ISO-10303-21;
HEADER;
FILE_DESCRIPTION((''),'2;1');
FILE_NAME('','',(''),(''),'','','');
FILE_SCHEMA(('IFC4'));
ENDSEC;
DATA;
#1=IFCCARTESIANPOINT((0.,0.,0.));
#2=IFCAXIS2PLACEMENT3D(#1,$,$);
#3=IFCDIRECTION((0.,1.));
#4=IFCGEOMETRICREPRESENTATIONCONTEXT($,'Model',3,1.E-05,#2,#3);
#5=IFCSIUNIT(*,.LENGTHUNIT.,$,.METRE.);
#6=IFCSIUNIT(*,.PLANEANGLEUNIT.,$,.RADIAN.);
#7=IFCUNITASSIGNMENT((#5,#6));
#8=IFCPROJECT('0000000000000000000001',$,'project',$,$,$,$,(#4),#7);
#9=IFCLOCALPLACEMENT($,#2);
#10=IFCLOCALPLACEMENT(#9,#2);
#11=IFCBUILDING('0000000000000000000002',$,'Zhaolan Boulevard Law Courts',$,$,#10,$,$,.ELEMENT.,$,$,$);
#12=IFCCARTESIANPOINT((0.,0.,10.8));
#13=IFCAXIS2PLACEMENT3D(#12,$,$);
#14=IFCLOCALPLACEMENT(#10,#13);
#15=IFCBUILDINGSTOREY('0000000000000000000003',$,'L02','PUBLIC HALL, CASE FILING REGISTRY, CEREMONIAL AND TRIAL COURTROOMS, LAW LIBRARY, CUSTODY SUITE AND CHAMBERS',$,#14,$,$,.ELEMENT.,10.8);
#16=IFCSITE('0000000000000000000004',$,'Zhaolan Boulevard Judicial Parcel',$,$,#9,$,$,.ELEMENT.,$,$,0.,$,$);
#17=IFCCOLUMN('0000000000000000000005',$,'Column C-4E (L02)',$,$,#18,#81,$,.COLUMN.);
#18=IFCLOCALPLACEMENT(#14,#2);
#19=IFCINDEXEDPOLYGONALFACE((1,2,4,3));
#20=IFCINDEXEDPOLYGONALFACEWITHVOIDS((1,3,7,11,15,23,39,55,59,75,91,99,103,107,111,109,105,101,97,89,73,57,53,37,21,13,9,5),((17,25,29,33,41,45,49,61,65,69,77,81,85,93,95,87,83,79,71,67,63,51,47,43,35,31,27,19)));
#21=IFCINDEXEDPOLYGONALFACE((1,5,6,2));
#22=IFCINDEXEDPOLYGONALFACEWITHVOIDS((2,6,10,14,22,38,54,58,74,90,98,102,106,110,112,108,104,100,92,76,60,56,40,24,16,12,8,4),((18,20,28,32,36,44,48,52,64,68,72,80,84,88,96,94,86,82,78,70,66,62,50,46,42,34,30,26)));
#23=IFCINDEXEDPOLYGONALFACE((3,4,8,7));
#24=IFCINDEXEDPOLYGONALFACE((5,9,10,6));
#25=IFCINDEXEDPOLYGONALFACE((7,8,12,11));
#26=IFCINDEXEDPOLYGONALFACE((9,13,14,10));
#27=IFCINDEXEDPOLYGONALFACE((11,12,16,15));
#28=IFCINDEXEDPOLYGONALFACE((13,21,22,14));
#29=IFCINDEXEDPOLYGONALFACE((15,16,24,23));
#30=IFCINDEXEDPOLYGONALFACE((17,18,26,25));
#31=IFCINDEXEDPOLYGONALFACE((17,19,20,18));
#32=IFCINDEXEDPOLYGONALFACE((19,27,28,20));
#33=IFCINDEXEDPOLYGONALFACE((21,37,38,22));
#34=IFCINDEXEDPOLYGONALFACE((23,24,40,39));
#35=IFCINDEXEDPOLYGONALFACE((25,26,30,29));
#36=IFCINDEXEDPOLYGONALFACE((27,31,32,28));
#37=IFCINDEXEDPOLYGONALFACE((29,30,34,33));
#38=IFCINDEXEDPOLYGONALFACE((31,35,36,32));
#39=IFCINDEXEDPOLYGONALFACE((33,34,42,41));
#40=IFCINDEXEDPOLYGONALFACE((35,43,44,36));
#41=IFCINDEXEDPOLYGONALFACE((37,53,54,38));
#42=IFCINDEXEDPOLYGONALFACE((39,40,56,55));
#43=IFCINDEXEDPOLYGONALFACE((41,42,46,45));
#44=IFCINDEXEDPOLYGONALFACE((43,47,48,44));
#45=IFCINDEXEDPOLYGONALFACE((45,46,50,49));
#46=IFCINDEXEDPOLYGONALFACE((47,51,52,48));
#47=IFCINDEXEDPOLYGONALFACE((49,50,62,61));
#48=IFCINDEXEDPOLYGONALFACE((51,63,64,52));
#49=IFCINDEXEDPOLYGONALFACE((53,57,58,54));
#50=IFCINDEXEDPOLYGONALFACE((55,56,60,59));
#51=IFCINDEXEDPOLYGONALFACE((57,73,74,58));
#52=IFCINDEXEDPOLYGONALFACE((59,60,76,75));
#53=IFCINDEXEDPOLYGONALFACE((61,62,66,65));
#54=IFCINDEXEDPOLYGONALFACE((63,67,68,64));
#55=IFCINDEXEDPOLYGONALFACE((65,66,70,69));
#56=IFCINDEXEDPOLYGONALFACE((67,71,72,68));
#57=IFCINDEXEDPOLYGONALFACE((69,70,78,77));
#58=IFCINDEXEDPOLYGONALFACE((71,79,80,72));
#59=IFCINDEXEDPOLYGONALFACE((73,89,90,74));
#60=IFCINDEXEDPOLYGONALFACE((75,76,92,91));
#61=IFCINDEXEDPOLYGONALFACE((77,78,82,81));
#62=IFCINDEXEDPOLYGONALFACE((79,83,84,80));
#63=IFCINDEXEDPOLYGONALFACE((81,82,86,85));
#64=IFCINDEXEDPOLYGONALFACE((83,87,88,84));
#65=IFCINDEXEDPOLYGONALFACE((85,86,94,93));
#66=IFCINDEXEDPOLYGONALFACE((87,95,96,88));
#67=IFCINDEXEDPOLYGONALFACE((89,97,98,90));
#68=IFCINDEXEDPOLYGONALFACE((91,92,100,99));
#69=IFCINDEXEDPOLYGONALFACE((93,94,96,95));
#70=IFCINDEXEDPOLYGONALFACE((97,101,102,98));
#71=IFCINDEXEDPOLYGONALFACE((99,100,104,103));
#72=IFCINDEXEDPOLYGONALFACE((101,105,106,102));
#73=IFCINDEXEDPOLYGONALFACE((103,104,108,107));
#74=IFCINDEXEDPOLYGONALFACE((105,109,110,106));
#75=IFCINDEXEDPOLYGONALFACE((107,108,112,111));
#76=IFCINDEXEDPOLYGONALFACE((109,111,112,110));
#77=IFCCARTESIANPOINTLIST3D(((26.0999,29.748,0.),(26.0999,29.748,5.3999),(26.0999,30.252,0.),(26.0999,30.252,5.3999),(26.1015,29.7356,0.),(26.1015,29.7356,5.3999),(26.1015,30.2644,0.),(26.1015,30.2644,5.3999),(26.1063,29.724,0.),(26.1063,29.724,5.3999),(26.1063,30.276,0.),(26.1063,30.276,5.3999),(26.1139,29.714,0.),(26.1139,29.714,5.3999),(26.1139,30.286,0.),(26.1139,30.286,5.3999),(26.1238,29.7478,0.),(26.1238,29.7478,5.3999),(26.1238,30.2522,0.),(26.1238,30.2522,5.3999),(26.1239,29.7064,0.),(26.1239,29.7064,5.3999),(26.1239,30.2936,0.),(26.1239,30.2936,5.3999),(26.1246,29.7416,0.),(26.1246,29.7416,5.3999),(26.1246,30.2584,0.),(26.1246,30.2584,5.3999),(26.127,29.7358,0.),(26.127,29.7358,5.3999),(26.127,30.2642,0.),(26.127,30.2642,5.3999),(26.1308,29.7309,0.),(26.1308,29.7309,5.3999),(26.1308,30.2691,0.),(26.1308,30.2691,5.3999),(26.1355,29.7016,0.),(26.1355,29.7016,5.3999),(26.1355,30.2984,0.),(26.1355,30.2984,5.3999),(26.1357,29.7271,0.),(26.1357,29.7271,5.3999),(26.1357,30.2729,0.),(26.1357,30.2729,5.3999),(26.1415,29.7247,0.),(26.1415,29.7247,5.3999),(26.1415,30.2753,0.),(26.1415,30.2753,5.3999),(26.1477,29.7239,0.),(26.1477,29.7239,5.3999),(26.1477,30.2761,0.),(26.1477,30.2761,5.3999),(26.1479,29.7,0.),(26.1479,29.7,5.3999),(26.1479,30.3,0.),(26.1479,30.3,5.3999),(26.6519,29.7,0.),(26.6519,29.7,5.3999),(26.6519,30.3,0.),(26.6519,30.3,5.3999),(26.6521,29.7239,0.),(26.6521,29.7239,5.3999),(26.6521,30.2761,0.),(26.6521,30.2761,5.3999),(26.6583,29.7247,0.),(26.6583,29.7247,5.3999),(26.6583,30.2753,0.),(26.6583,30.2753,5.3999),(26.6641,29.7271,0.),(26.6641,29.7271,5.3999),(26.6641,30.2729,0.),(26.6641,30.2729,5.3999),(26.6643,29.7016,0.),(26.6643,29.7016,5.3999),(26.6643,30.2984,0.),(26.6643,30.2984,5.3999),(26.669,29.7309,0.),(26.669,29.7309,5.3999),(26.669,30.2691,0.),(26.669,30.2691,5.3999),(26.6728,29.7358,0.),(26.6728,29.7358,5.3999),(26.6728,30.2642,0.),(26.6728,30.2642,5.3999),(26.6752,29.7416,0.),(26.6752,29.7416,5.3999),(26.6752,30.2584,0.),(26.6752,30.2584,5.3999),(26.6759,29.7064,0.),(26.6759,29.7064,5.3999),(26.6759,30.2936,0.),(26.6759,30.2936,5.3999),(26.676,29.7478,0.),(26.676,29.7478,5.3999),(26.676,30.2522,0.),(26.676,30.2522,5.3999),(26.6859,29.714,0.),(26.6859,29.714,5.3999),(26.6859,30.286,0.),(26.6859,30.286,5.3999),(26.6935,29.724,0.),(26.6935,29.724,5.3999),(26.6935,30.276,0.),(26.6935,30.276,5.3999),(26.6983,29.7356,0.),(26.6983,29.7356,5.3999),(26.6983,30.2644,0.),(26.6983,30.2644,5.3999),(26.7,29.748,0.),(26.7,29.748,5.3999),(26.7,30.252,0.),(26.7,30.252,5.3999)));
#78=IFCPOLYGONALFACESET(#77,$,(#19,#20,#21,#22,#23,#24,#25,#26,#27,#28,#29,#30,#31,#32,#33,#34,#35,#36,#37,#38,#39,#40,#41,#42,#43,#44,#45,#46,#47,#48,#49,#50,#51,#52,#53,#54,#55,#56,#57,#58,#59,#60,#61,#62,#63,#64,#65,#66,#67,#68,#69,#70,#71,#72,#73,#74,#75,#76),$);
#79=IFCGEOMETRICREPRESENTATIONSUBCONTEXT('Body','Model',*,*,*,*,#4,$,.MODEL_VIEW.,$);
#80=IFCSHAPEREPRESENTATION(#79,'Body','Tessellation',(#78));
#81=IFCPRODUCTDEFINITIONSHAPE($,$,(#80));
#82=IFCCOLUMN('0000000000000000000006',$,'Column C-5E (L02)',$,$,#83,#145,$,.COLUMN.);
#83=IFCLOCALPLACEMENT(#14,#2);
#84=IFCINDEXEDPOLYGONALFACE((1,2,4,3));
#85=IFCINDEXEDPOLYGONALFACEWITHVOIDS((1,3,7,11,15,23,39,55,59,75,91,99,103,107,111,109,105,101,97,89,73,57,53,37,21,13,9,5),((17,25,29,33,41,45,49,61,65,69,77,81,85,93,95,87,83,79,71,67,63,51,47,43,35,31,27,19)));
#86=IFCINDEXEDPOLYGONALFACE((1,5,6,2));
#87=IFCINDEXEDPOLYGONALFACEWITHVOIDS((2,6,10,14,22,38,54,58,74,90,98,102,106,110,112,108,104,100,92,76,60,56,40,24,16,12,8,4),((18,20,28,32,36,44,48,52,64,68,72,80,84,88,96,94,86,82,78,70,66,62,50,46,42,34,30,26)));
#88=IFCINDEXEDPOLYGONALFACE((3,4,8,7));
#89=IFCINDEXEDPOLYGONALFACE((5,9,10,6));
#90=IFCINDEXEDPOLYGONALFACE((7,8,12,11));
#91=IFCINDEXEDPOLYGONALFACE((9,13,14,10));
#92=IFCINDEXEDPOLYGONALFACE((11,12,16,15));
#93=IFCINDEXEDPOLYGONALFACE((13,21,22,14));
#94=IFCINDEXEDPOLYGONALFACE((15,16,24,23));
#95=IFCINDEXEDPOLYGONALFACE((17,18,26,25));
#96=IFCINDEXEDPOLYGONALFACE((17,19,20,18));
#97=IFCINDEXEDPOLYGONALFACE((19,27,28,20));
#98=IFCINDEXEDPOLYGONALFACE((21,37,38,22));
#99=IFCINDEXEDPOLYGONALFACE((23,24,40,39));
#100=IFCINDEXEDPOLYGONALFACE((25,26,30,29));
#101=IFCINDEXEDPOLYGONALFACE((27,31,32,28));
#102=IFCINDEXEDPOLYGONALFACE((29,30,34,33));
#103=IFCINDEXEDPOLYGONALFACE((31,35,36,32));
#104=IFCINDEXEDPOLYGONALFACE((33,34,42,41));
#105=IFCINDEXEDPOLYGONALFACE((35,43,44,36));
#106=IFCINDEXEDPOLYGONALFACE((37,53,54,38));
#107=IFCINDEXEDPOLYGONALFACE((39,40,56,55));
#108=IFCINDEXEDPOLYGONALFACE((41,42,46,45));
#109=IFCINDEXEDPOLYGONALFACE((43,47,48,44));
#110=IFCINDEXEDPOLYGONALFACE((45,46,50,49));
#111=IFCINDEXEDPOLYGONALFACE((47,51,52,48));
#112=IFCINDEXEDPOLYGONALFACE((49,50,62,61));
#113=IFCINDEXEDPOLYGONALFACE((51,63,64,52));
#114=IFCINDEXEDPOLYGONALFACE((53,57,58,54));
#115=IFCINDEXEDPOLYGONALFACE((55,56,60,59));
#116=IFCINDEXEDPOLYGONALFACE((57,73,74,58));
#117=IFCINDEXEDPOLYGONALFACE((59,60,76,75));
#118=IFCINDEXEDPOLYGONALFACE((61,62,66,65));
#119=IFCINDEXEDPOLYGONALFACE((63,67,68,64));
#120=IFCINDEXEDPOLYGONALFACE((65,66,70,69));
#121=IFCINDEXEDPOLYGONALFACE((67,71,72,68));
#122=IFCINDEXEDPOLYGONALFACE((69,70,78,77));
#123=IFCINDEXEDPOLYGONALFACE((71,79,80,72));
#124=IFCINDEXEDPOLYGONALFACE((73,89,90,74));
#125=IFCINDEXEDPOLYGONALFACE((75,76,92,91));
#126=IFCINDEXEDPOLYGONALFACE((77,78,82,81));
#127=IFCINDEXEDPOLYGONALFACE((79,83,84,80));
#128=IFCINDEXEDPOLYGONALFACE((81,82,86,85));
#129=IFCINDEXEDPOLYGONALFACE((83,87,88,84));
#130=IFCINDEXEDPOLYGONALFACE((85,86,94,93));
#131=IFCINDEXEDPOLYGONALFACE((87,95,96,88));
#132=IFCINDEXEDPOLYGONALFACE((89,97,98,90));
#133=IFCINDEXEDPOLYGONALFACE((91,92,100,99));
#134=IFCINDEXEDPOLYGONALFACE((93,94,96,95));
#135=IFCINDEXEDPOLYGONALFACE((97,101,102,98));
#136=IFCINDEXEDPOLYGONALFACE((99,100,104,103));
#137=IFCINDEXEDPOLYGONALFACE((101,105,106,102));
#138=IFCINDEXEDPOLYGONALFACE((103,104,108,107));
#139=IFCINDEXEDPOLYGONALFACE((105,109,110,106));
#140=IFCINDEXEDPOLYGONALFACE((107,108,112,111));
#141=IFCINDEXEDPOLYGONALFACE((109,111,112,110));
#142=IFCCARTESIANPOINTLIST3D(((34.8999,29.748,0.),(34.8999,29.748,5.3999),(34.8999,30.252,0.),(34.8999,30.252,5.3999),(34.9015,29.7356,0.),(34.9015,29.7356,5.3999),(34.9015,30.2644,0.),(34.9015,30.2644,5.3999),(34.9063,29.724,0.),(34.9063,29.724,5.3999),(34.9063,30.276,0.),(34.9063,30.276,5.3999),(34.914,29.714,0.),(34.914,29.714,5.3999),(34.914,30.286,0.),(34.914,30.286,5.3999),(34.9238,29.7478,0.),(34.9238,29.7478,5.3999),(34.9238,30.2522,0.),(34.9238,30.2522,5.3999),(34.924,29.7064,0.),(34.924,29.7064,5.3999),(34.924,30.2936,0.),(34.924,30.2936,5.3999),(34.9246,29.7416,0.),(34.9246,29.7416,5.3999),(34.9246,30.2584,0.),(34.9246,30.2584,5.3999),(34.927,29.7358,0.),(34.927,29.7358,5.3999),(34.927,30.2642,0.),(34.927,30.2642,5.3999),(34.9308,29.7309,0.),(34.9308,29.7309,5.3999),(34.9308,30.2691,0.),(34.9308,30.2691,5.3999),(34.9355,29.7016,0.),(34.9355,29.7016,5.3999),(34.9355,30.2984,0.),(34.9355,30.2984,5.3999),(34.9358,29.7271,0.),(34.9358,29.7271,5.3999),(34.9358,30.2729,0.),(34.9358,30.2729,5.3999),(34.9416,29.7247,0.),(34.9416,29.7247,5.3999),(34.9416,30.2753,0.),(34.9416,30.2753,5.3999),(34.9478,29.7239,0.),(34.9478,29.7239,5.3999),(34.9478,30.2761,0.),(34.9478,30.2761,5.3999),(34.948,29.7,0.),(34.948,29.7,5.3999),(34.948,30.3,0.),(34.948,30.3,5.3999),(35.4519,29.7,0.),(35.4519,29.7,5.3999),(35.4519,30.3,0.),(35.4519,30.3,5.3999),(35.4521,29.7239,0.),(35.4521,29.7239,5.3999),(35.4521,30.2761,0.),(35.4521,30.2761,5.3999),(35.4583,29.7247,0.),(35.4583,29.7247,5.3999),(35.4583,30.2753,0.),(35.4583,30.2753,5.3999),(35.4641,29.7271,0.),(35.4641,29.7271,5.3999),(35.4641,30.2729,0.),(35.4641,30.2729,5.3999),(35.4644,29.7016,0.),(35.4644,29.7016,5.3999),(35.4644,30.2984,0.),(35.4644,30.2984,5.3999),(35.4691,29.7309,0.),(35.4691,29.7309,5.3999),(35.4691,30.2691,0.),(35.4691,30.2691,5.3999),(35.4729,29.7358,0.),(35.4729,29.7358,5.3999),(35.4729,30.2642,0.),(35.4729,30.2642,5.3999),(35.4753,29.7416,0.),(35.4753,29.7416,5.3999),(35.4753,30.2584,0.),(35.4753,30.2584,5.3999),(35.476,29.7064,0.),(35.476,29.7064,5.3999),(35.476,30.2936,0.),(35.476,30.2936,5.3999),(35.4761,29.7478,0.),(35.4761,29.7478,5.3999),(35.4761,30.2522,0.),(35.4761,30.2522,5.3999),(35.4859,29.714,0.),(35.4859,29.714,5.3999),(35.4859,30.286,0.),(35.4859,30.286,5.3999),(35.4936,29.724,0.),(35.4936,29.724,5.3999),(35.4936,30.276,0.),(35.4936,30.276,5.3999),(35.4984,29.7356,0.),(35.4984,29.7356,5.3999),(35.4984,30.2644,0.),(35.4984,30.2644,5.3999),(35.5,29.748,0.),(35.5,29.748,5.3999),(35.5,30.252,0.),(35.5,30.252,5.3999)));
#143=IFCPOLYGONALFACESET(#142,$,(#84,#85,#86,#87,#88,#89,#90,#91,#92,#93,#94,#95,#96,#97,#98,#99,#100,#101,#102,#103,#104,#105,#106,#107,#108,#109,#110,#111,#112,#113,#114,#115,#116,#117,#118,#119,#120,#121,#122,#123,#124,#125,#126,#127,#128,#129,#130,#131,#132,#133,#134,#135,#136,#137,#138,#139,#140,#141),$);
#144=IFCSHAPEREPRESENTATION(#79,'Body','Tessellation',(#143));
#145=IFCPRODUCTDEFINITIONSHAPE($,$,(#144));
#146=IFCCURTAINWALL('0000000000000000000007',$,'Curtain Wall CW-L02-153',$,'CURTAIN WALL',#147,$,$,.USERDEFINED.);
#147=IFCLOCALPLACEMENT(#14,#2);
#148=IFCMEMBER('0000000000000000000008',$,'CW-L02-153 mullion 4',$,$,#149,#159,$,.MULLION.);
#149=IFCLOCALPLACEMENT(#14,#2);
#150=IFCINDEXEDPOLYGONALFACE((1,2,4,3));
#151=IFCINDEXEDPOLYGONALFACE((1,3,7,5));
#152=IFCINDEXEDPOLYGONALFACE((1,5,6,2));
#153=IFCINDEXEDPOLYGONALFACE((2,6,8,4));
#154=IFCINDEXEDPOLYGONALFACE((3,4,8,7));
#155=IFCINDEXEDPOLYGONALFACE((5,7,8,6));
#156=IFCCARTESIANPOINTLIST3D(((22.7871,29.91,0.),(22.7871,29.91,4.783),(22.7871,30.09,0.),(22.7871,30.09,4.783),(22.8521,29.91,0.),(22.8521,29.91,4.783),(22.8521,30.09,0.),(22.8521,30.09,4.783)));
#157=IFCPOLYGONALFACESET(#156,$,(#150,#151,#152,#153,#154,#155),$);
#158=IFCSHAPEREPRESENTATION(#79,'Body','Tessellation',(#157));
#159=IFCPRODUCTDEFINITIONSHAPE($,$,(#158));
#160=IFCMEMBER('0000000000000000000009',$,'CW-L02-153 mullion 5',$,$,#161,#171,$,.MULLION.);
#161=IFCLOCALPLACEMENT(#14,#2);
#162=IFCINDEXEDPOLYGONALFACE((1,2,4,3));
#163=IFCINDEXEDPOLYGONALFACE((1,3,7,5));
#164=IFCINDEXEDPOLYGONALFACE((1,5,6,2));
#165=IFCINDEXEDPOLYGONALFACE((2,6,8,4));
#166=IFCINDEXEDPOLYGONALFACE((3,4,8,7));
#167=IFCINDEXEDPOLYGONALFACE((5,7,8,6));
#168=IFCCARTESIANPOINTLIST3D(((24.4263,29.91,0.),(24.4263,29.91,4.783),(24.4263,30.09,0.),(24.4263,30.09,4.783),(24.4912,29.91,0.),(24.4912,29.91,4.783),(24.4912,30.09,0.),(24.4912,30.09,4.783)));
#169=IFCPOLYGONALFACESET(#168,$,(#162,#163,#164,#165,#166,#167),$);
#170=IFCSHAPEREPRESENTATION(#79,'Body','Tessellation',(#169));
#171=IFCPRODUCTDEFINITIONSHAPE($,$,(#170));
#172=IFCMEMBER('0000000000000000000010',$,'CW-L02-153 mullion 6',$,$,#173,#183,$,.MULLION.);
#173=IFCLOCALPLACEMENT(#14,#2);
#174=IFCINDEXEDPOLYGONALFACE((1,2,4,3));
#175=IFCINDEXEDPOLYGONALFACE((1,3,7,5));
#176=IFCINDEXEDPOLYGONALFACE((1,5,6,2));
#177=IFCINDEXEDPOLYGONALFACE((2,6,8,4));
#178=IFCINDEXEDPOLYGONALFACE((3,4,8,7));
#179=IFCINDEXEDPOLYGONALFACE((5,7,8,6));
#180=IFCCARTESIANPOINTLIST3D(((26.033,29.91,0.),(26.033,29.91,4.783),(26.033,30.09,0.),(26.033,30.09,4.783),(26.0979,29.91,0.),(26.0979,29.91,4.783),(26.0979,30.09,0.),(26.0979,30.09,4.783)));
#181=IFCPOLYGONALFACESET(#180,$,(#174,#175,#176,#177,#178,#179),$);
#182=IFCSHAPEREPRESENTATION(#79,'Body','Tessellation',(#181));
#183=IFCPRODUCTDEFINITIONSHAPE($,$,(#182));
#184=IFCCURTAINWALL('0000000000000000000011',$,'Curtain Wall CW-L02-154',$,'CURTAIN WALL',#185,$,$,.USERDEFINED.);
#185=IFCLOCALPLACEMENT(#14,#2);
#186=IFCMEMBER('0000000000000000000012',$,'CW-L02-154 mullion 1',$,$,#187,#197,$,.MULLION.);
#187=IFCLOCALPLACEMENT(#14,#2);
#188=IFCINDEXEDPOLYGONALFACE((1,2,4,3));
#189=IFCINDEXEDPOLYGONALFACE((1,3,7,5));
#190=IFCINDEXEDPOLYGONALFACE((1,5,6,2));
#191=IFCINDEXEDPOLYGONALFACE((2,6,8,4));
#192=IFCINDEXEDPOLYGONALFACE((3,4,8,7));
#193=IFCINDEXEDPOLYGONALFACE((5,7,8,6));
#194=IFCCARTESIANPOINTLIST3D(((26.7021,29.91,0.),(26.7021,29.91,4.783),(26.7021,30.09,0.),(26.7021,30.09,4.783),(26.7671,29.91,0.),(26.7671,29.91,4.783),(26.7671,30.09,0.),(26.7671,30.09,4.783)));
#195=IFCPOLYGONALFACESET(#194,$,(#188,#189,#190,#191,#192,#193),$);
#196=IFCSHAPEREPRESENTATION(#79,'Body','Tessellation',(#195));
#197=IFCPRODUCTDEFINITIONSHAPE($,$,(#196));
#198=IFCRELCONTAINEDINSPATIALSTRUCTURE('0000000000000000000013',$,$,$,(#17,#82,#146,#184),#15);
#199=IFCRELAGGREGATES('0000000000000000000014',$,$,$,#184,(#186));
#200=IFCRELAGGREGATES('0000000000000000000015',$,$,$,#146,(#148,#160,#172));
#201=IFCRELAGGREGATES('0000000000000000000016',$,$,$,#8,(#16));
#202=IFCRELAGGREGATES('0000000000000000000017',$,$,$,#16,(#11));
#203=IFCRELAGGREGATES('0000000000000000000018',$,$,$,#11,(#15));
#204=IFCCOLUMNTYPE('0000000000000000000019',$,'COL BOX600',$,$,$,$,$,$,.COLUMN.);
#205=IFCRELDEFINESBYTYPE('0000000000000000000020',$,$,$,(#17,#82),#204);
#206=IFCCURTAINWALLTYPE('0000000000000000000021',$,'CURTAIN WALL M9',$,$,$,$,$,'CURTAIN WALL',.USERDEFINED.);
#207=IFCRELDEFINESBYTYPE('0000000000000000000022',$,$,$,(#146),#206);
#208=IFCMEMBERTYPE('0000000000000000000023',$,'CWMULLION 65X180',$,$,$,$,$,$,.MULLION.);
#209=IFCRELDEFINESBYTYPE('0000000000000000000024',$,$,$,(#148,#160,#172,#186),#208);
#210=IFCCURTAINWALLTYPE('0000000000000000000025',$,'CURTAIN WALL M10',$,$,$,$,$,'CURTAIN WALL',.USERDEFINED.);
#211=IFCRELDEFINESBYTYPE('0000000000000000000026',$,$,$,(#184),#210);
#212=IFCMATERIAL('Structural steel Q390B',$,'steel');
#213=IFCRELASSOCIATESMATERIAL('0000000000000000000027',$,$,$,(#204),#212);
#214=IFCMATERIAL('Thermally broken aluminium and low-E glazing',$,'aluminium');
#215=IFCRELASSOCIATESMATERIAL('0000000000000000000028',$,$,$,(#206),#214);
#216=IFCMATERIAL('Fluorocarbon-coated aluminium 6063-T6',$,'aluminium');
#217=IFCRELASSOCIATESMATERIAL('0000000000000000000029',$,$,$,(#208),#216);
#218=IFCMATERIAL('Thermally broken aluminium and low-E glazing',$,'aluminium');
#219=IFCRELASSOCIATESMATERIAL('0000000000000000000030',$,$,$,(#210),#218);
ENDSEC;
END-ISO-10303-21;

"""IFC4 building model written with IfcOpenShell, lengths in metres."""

from ifc_helpers import new_model, si_unit, direction, frame, origin, origin_2d, place, context, subcontext, project, spatial, rectangle, hollow_rectangle, extrude, material, material_profile, profile_set, type_object, element, aggregate, save


model = new_model("IFC4")

# Units and contexts
model_context = context("Model", 3, precision=1e-05, world=origin(), true_north=direction((0.0, 1.0)))
body_context = subcontext(model_context, "Body", "Model", "MODEL_VIEW")
ifc_project = project(units=[si_unit("LENGTHUNIT", "METRE"), si_unit("PLANEANGLEUNIT", "RADIAN")], contexts=[model_context])

# Site, building, storey
site_placement = place(None, origin())
site = spatial("IfcSite", under=ifc_project, at=site_placement, Name="Zhaolan Boulevard Judicial Parcel", CompositionType="ELEMENT", RefElevation=0.0)
building_placement = place(site_placement, origin())
building = spatial("IfcBuilding", under=site, at=building_placement, Name="Zhaolan Boulevard Law Courts", CompositionType="ELEMENT")
storey_placement = place(building_placement, frame((0.0, 0.0, 10.8)))
storey = spatial("IfcBuildingStorey", under=building, at=storey_placement, Name="L02", Description="PUBLIC HALL, CASE FILING REGISTRY, CEREMONIAL AND TRIAL COURTROOMS, LAW LIBRARY, CUSTODY SUITE AND CHAMBERS", CompositionType="ELEMENT", Elevation=10.8)

# Columns
ifc_material_1 = material(Name="Structural steel Q390B", Category="steel")
ifc_material_profile_1 = material_profile(ifc_material_1, hollow_rectangle(XDim=0.6001, YDim=0.6001, WallThickness=0.0239, InnerFilletRadius=0.0239, OuterFilletRadius=0.0481, at=origin_2d()), Name="BOX600x600x24")
ifc_profile_set_1 = profile_set([ifc_material_profile_1], Name="Structural steel Q390B")
column_type = type_object("IfcColumnType", Name="COL BOX600", PredefinedType="COLUMN", material=ifc_profile_set_1)
for number, where, z_axis, x_axis, name in (
    (1, (26.3999, 30.0, 0.0), (0.0, 0.0, 1.0), (1.0, 0.0, 0.0), "Column C-4E (L02)"),
    (2, (35.2, 30.0, 0.0), (0.0, 0.0, 1.0), (1.0, 0.0, 0.0), "Column C-5E (L02)"),
):
    element("IfcColumn", number, at=place(storey_placement, frame(where, z_axis=z_axis, x_axis=x_axis)), inside=storey, type_object=column_type, Name=name, PredefinedType="COLUMN", context=body_context, shape_type="SweptSolid", body=[
        extrude(hollow_rectangle(XDim=0.6001, YDim=0.6001, WallThickness=0.0239, InnerFilletRadius=0.0239, OuterFilletRadius=0.0481, at=origin_2d()), origin(), (0.0, 0.0, 1.0), 5.3999),
    ])

# Curtain walls, members
ifc_material_2 = material(Name="Thermally broken aluminium and low-E glazing", Category="aluminium")
curtain_wall_type_1 = type_object("IfcCurtainWallType", Name="CURTAIN WALL M9", ElementType="CURTAIN WALL", PredefinedType="USERDEFINED", material=ifc_material_2)
curtain_wall_1_placement = place(storey_placement, origin())
curtain_wall_1 = element("IfcCurtainWall", 3, at=curtain_wall_1_placement, inside=storey, type_object=curtain_wall_type_1, Name="Curtain Wall CW-L02-153", ObjectType="CURTAIN WALL", PredefinedType="USERDEFINED")
ifc_material_3 = material(Name="Fluorocarbon-coated aluminium 6063-T6", Category="aluminium")
ifc_material_profile_2 = material_profile(ifc_material_3, rectangle(XDim=0.1799, YDim=0.0649, at=origin_2d()), Name="AL65x180")
ifc_profile_set_2 = profile_set([ifc_material_profile_2], Name="Fluorocarbon-coated aluminium 6063-T6")
member_type_1 = type_object("IfcMemberType", Name="CWMULLION 65X180", PredefinedType="MULLION", material=ifc_profile_set_2)
member_1_placement = place(storey_placement, frame((22.8196, 30.0, 0.0), z_axis=(0.0, 0.0, 1.0), x_axis=(0.0, 1.0, 0.0)))
member_1 = element("IfcMember", 4, at=member_1_placement, type_object=member_type_1, Name="CW-L02-153 mullion 4", PredefinedType="MULLION", context=body_context, shape_type="SweptSolid", body=[
    extrude(rectangle(XDim=0.1799, YDim=0.0649, at=origin_2d()), origin(), (0.0, 0.0, 1.0), 4.783),
])
member_2_placement = place(storey_placement, frame((24.4587, 30.0, 0.0), z_axis=(0.0, 0.0, 1.0), x_axis=(0.0, 1.0, 0.0)))
member_2 = element("IfcMember", 5, at=member_2_placement, type_object=member_type_1, Name="CW-L02-153 mullion 5", PredefinedType="MULLION", context=body_context, shape_type="SweptSolid", body=[
    extrude(rectangle(XDim=0.1799, YDim=0.0649, at=origin_2d()), origin(), (0.0, 0.0, 1.0), 4.783),
])
member_3_placement = place(storey_placement, frame((26.0654, 30.0, 0.0), z_axis=(0.0, 0.0, 1.0), x_axis=(0.0, 1.0, 0.0)))
member_3 = element("IfcMember", 6, at=member_3_placement, type_object=member_type_1, Name="CW-L02-153 mullion 6", PredefinedType="MULLION", context=body_context, shape_type="SweptSolid", body=[
    extrude(rectangle(XDim=0.1799, YDim=0.0649, at=origin_2d()), origin(), (0.0, 0.0, 1.0), 4.783),
])
ifc_material_4 = material(Name="Thermally broken aluminium and low-E glazing", Category="aluminium")
curtain_wall_type_2 = type_object("IfcCurtainWallType", Name="CURTAIN WALL M10", ElementType="CURTAIN WALL", PredefinedType="USERDEFINED", material=ifc_material_4)
curtain_wall_2_placement = place(storey_placement, origin())
curtain_wall_2 = element("IfcCurtainWall", 7, at=curtain_wall_2_placement, inside=storey, type_object=curtain_wall_type_2, Name="Curtain Wall CW-L02-154", ObjectType="CURTAIN WALL", PredefinedType="USERDEFINED")
member_4_placement = place(storey_placement, frame((26.7346, 30.0, 0.0), z_axis=(0.0, 0.0, 1.0), x_axis=(0.0, 1.0, 0.0)))
member_4 = element("IfcMember", 8, at=member_4_placement, type_object=member_type_1, Name="CW-L02-154 mullion 1", PredefinedType="MULLION", context=body_context, shape_type="SweptSolid", body=[
    extrude(rectangle(XDim=0.1799, YDim=0.0649, at=origin_2d()), origin(), (0.0, 0.0, 1.0), 4.783),
])
aggregate(curtain_wall_2, [member_4])

aggregate(curtain_wall_1, [member_1, member_2, member_3])

save(model, "model.ifc")
